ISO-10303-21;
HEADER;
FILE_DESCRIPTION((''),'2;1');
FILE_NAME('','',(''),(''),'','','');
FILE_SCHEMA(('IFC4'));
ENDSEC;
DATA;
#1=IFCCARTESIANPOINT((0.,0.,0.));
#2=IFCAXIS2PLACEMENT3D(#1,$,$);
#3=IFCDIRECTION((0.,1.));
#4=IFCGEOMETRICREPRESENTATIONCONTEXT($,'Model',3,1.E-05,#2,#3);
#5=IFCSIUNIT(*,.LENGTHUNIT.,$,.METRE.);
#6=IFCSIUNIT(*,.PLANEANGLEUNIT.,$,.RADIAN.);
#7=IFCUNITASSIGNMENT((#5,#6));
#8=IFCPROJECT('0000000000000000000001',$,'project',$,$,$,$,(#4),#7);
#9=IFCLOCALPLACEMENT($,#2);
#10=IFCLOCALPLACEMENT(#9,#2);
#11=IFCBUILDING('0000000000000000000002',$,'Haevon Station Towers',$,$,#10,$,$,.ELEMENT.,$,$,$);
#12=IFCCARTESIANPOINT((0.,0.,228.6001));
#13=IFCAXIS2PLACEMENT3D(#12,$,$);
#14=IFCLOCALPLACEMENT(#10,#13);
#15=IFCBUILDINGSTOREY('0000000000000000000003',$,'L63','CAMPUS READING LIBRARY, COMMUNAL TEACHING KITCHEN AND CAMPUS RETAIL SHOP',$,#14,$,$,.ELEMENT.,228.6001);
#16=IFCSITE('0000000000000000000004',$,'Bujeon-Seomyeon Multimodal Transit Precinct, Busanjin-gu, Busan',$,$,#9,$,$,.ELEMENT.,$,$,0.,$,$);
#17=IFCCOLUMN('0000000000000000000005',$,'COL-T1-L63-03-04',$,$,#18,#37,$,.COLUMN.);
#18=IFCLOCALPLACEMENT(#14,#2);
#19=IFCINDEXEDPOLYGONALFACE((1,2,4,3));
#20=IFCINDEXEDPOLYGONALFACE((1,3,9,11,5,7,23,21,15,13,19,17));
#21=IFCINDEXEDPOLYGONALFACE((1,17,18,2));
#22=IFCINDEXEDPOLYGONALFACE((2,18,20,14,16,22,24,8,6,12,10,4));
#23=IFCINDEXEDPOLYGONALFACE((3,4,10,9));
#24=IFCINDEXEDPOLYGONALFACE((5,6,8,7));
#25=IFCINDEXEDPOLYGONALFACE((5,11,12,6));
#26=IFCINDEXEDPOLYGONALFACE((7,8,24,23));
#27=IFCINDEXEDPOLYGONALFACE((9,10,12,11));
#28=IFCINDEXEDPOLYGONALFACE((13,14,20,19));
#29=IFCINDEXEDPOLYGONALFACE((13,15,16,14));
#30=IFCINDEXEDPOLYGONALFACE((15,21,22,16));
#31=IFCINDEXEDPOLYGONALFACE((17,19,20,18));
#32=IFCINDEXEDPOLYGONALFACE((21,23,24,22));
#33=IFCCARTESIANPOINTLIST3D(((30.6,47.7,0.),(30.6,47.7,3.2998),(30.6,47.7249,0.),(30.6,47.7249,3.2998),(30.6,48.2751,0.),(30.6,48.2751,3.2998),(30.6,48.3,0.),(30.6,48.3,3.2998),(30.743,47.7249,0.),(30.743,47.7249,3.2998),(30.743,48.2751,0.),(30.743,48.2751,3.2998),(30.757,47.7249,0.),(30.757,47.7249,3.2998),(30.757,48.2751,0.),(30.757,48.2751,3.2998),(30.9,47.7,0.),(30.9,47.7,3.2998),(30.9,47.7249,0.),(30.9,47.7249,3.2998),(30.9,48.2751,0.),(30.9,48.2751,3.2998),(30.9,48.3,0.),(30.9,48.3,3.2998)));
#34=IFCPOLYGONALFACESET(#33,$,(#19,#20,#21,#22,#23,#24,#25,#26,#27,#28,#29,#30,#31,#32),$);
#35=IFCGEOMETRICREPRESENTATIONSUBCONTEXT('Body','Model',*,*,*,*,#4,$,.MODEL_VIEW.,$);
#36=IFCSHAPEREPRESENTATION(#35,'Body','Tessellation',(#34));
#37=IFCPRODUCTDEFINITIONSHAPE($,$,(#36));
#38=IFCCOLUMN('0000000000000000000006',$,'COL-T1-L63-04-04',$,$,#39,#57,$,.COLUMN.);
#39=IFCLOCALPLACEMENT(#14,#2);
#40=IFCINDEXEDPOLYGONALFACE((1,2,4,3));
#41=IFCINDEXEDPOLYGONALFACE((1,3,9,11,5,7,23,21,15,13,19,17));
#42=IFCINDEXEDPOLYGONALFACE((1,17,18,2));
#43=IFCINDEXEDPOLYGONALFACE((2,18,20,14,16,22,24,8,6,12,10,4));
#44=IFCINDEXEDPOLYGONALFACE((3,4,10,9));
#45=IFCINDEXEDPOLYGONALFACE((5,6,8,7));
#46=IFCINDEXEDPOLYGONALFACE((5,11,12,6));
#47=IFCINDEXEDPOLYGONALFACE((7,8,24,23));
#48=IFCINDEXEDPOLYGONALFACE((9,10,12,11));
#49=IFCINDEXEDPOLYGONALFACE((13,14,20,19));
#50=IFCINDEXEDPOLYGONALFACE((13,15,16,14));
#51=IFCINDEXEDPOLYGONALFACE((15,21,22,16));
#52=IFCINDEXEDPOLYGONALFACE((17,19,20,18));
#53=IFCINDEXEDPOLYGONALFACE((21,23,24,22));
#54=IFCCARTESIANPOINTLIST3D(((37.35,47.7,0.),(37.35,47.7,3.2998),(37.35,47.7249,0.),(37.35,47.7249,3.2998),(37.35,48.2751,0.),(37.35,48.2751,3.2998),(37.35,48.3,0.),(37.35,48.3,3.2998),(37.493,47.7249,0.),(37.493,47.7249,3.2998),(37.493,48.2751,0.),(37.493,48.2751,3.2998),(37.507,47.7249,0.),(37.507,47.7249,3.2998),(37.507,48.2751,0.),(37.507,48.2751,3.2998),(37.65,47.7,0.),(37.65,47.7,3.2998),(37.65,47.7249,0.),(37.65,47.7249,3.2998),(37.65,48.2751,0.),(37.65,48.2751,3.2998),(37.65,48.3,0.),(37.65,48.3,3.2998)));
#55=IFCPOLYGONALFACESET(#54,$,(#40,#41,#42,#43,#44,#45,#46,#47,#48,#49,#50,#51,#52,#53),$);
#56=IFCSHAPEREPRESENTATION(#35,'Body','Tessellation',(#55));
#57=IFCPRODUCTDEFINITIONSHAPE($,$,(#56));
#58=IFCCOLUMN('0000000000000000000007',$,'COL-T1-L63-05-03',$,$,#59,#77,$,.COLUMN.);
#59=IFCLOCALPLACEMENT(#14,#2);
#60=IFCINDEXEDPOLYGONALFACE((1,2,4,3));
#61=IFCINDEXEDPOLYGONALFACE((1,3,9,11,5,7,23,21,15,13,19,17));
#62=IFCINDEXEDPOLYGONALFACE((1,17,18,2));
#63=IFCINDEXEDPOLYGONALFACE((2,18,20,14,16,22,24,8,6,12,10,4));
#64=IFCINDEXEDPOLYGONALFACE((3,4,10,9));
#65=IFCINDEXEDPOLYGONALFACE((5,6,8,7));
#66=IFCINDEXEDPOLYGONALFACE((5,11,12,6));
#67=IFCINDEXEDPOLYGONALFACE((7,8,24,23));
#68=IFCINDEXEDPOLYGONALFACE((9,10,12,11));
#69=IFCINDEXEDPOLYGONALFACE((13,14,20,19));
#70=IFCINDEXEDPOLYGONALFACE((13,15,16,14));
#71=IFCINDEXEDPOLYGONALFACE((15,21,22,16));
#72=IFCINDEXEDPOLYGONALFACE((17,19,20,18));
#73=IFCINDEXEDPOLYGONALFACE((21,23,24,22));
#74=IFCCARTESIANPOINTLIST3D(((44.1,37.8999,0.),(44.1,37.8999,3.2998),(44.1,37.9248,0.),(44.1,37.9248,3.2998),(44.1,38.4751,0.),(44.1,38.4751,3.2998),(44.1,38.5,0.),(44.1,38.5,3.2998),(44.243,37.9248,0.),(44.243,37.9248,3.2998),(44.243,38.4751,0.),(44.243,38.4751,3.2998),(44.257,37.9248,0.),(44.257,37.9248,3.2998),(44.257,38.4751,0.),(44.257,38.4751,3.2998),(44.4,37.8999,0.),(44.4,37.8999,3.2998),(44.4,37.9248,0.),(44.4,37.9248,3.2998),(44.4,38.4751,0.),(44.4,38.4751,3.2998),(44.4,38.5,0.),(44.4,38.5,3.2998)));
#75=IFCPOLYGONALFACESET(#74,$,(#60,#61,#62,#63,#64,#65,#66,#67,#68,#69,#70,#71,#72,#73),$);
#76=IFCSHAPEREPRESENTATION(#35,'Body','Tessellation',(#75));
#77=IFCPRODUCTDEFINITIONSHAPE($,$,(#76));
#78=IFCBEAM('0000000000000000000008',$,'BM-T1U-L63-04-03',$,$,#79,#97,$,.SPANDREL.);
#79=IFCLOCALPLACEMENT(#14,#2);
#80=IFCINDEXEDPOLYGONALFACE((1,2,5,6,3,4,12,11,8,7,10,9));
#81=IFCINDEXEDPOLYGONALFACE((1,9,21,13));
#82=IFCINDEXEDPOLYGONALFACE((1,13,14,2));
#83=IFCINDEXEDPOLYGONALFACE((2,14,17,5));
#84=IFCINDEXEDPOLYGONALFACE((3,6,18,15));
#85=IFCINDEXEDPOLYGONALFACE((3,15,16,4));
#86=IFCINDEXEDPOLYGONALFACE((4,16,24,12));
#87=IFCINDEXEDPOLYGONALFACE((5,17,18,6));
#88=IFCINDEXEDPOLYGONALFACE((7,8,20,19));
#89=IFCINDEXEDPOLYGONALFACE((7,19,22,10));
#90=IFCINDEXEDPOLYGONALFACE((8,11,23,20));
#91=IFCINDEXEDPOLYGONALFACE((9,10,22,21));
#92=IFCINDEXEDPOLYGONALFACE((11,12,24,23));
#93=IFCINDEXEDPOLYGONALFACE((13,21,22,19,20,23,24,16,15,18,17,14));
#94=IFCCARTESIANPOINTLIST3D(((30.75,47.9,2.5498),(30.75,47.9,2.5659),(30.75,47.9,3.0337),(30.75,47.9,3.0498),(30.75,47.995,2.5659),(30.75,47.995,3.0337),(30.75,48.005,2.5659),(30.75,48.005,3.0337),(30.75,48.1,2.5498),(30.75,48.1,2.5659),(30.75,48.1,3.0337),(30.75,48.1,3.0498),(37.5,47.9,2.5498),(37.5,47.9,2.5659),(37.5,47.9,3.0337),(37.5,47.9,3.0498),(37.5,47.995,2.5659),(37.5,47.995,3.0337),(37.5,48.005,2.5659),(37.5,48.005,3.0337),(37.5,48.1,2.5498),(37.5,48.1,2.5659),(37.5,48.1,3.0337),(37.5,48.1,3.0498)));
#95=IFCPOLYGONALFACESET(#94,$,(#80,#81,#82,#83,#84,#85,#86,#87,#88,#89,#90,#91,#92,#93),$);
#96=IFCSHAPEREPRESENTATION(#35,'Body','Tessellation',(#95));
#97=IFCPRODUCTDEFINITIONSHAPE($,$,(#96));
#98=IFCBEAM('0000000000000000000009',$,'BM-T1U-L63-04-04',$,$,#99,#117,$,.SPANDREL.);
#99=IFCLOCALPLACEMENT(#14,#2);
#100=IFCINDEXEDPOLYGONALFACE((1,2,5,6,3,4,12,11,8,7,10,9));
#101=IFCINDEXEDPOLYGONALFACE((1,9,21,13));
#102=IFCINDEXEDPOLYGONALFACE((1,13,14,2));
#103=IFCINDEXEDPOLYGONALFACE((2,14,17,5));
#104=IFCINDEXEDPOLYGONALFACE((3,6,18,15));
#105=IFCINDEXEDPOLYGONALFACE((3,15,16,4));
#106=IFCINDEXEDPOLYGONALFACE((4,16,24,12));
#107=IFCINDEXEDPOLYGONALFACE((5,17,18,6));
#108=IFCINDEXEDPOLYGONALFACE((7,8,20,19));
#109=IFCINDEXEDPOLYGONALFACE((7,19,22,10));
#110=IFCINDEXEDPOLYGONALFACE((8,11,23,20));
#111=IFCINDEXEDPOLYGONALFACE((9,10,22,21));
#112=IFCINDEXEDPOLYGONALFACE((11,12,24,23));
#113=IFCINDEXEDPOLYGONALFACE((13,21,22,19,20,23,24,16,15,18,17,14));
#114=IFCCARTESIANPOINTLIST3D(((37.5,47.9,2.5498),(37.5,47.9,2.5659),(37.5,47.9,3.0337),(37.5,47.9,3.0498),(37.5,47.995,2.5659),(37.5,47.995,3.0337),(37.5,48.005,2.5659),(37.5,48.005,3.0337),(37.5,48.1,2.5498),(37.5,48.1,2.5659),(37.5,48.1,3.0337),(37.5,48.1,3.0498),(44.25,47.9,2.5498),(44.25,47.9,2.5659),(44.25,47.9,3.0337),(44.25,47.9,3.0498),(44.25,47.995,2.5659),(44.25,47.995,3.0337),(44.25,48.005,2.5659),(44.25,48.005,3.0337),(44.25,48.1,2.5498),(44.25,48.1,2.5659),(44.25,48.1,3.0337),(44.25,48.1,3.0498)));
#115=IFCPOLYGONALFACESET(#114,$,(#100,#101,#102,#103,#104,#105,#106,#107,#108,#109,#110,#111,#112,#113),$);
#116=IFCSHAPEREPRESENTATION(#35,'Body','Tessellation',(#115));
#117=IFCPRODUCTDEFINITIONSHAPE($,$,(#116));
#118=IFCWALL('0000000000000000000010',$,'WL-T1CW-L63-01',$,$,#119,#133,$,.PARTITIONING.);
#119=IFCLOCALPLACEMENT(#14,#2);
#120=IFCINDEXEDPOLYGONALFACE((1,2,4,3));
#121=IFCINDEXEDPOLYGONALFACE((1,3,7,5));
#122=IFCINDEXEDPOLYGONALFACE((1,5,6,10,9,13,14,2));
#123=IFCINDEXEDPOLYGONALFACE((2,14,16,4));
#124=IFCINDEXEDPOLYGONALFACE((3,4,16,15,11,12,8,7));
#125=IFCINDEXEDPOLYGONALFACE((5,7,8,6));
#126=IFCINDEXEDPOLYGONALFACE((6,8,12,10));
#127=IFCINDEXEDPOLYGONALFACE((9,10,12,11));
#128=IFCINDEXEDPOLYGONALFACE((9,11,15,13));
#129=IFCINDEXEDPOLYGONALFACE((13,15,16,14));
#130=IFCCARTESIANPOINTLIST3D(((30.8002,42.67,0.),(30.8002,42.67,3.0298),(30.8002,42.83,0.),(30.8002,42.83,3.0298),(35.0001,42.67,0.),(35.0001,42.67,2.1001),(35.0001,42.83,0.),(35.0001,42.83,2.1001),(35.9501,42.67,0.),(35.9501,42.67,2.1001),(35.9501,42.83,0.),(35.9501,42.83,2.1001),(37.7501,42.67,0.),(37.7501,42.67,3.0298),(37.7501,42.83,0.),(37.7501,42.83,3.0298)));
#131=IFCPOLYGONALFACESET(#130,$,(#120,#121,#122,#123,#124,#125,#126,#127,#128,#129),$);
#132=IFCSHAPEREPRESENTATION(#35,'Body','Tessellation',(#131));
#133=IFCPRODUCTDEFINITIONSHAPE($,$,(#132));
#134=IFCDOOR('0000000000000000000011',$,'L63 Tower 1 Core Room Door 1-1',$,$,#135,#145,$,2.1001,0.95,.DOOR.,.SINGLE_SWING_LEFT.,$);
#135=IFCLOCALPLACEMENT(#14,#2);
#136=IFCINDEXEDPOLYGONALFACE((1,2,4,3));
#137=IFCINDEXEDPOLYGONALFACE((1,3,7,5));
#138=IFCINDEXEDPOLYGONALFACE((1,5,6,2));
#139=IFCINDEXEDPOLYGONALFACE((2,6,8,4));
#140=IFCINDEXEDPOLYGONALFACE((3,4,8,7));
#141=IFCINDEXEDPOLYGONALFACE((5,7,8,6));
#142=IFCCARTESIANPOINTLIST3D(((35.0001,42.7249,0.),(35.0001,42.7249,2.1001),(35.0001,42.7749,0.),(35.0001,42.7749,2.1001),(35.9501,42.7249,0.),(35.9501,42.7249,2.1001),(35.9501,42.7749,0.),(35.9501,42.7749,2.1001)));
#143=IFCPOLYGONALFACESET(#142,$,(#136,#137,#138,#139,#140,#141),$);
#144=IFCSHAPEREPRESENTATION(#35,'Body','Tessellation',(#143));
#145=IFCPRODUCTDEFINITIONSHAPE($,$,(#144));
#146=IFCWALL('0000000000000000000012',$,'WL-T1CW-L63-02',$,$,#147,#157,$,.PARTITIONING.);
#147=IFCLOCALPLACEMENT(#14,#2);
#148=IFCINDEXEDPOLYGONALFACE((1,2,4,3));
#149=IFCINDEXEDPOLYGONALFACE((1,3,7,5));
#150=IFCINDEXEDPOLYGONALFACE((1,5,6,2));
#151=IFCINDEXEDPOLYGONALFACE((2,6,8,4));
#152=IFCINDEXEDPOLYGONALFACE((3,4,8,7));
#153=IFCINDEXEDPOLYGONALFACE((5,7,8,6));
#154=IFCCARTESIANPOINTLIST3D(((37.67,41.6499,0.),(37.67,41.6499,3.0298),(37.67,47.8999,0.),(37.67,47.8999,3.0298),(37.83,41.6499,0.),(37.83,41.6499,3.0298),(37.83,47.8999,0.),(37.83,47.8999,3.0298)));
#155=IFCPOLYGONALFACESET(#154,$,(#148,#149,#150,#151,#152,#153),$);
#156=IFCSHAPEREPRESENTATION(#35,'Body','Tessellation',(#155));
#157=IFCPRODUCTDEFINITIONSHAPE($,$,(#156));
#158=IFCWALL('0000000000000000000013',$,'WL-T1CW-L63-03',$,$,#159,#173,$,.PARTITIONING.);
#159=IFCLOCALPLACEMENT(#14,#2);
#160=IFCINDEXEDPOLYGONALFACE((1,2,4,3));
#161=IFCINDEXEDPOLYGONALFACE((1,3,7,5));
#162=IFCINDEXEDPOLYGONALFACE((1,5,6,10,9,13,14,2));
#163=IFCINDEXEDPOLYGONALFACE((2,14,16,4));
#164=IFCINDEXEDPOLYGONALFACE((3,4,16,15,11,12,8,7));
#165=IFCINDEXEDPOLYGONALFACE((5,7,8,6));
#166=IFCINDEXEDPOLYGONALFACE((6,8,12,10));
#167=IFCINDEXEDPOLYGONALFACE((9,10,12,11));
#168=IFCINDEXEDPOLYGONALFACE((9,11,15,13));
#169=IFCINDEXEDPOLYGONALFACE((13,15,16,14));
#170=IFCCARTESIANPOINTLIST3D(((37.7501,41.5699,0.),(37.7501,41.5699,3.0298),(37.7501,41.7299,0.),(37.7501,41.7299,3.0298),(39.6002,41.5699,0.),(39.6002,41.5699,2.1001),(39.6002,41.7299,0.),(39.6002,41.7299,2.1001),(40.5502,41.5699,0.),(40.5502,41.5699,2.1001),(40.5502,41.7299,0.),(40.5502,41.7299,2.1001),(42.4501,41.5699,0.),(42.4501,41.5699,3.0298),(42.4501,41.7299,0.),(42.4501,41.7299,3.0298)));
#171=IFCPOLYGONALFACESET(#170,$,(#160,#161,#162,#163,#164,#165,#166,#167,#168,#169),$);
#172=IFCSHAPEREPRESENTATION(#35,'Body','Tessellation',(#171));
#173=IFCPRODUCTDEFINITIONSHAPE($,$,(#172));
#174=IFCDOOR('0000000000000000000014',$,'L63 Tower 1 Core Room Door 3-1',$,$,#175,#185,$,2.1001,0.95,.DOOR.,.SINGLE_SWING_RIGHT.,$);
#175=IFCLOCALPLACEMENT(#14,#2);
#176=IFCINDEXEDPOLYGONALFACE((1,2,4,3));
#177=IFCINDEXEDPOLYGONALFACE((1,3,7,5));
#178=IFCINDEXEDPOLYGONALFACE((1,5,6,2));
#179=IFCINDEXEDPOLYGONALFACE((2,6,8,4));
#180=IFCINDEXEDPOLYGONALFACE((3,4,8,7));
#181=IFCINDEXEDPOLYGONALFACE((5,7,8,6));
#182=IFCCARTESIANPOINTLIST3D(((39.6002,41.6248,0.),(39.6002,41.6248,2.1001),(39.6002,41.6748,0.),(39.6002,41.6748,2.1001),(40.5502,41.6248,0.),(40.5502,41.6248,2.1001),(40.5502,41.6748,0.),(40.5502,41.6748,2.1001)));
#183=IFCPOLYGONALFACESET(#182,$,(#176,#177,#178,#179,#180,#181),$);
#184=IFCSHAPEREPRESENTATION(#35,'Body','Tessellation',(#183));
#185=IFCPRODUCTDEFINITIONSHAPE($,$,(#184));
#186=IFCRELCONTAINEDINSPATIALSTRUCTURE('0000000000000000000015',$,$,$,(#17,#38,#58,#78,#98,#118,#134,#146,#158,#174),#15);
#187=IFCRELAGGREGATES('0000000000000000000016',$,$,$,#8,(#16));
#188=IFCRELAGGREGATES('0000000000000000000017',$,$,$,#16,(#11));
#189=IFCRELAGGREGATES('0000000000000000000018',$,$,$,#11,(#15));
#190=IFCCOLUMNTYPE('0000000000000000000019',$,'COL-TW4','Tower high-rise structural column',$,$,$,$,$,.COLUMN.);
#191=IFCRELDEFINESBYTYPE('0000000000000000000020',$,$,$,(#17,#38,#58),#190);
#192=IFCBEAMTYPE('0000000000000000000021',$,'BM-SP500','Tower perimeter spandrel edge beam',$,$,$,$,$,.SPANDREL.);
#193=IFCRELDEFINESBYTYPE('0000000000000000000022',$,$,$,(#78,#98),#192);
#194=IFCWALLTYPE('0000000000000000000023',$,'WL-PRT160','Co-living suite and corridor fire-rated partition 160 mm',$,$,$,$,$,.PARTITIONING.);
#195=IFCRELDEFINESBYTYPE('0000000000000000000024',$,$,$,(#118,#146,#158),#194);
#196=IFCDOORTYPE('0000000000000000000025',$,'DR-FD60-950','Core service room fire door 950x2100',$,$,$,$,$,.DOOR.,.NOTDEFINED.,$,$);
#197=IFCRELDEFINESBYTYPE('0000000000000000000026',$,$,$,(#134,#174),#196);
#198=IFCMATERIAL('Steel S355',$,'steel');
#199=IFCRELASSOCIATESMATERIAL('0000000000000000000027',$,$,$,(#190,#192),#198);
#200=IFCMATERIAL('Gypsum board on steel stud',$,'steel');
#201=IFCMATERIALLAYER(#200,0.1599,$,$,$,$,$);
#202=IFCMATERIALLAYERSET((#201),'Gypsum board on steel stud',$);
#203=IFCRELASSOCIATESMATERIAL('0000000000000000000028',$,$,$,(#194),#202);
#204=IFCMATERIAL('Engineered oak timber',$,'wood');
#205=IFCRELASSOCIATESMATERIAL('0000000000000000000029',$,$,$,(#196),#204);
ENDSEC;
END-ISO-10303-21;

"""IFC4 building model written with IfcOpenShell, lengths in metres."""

from ifc_helpers import new_model, si_unit, direction, frame, frame_2d, origin, origin_2d, place, context, subcontext, project, spatial, rectangle, i_section, extrude, material, layer, layer_set, material_profile, profile_set, type_object, element, fill, save


model = new_model("IFC4")

# Units and contexts
model_context = context("Model", 3, precision=1e-05, world=origin(), true_north=direction((0.0, 1.0)))
body_context = subcontext(model_context, "Body", "Model", "MODEL_VIEW")
ifc_project = project(units=[si_unit("LENGTHUNIT", "METRE"), si_unit("PLANEANGLEUNIT", "RADIAN")], contexts=[model_context])

# Site, building, storey
site_placement = place(None, origin())
site = spatial("IfcSite", under=ifc_project, at=site_placement, Name="Bujeon-Seomyeon Multimodal Transit Precinct, Busanjin-gu, Busan", CompositionType="ELEMENT", RefElevation=0.0)
building_placement = place(site_placement, origin())
building = spatial("IfcBuilding", under=site, at=building_placement, Name="Haevon Station Towers", CompositionType="ELEMENT")
storey_placement = place(building_placement, frame((0.0, 0.0, 228.6001)))
storey = spatial("IfcBuildingStorey", under=building, at=storey_placement, Name="L63", Description="CAMPUS READING LIBRARY, COMMUNAL TEACHING KITCHEN AND CAMPUS RETAIL SHOP", CompositionType="ELEMENT", Elevation=228.6001)

# Columns
ifc_material_1 = material(Name="Steel S355", Category="steel")
ifc_material_profile_1 = material_profile(ifc_material_1, i_section(OverallWidth=0.3, OverallDepth=0.6001, WebThickness=0.0139, FlangeThickness=0.0249, at=origin_2d()), Name="H-600x300x14x25")
ifc_profile_set_1 = profile_set([ifc_material_profile_1], Name="Steel S355")
column_type = type_object("IfcColumnType", Name="COL-TW4", Description="Tower high-rise structural column", PredefinedType="COLUMN", material=ifc_profile_set_1)
for number, where, z_axis, x_axis, name in (
    (1, (30.75, 48.0, 0.0), (0.0, 0.0, 1.0), (1.0, 0.0, 0.0), "COL-T1-L63-03-04"),
    (2, (37.5, 48.0, 0.0), (0.0, 0.0, 1.0), (1.0, 0.0, 0.0), "COL-T1-L63-04-04"),
    (3, (44.25, 38.2, 0.0), (0.0, 0.0, 1.0), (1.0, 0.0, 0.0), "COL-T1-L63-05-03"),
):
    element("IfcColumn", number, at=place(storey_placement, frame(where, z_axis=z_axis, x_axis=x_axis)), inside=storey, type_object=column_type, Name=name, PredefinedType="COLUMN", context=body_context, shape_type="SweptSolid", body=[
        extrude(i_section(OverallWidth=0.3, OverallDepth=0.6001, WebThickness=0.0139, FlangeThickness=0.0249, at=origin_2d()), origin(), (0.0, 0.0, 1.0), 3.2998),
    ])

# Beams
ifc_material_profile_2 = material_profile(ifc_material_1, i_section(OverallWidth=0.2, OverallDepth=0.5, WebThickness=0.01, FlangeThickness=0.0161, at=origin_2d()), Name="H-500x200x10x16")
ifc_profile_set_2 = profile_set([ifc_material_profile_2], Name="Steel S355")
beam_type = type_object("IfcBeamType", Name="BM-SP500", Description="Tower perimeter spandrel edge beam", PredefinedType="SPANDREL", material=ifc_profile_set_2)
for number, where, z_axis, x_axis, name in (
    (4, (30.75, 48.0, 2.7998), (1.0, 0.0, 0.0), (0.0, 1.0, 0.0), "BM-T1U-L63-04-03"),
    (5, (37.5, 48.0, 2.7998), (1.0, 0.0, 0.0), (0.0, 1.0, 0.0), "BM-T1U-L63-04-04"),
):
    element("IfcBeam", number, at=place(storey_placement, frame(where, z_axis=z_axis, x_axis=x_axis)), inside=storey, type_object=beam_type, Name=name, PredefinedType="SPANDREL", context=body_context, shape_type="SweptSolid", body=[
        extrude(i_section(OverallWidth=0.2, OverallDepth=0.5, WebThickness=0.01, FlangeThickness=0.0161, at=origin_2d()), origin(), (0.0, 0.0, 1.0), 6.75),
    ])

# Wall, opening, door
ifc_material_2 = material(Name="Gypsum board on steel stud", Category="steel")
ifc_layer_1 = layer(ifc_material_2, 0.1599)
ifc_layer_set_1 = layer_set([ifc_layer_1], Name="Gypsum board on steel stud")
wall_type_1 = type_object("IfcWallType", Name="WL-PRT160", Description="Co-living suite and corridor fire-rated partition 160 mm", PredefinedType="PARTITIONING", material=ifc_layer_set_1)
wall_1_placement = place(storey_placement, frame((30.8, 42.75, 0.0), z_axis=(0.0, 0.0, 1.0), x_axis=(1.0, 0.0, 0.0)))
wall_1 = element("IfcWall", 6, at=wall_1_placement, inside=storey, type_object=wall_type_1, Name="WL-T1CW-L63-01", PredefinedType="PARTITIONING", context=body_context, shape_type="SweptSolid", body=[
    extrude(rectangle(XDim=6.95, YDim=0.1599, at=frame_2d((3.4751, 0.0))), origin(), (0.0, 0.0, 1.0), 3.0298),
])
opening_1_placement = place(wall_1_placement, frame((4.2, 0.0, 0.0)))
opening_1 = element("IfcOpeningElement", 7, at=opening_1_placement, cuts=wall_1, PredefinedType="OPENING", context=body_context, shape_type="SweptSolid", body=[
    extrude(rectangle(XDim=0.95, YDim=2.1001, at=frame_2d((0.4751, 1.05))), frame((0.0, 0.0898, 0.0), z_axis=(0.0, -1.0, 0.0), x_axis=(1.0, 0.0, 0.0)), (0.0, 0.0, 1.0), 0.1799),
])
ifc_material_3 = material(Name="Engineered oak timber", Category="wood")
door_type_1 = type_object("IfcDoorType", Name="DR-FD60-950", Description="Core service room fire door 950x2100", OperationType="NOTDEFINED", PredefinedType="DOOR", material=ifc_material_3)
door_1_placement = place(opening_1_placement, origin())
door_1 = element("IfcDoor", 8, at=door_1_placement, inside=storey, type_object=door_type_1, Name="L63 Tower 1 Core Room Door 1-1", OperationType="SINGLE_SWING_LEFT", OverallHeight=2.1001, OverallWidth=0.95, PredefinedType="DOOR", context=body_context, shape_type="SweptSolid", body=[
    extrude(rectangle(XDim=0.95, YDim=2.1001, at=frame_2d((0.4751, 1.05))), frame((0.0, 0.0249, 0.0), z_axis=(0.0, -1.0, 0.0), x_axis=(1.0, 0.0, 0.0)), (0.0, 0.0, 1.0), 0.05),
])
fill(opening_1, door_1)

# Wall
wall_2_placement = place(storey_placement, frame((37.75, 41.6499, 0.0), z_axis=(0.0, 0.0, 1.0), x_axis=(0.0, 1.0, 0.0)))
element("IfcWall", 9, at=wall_2_placement, inside=storey, type_object=wall_type_1, Name="WL-T1CW-L63-02", PredefinedType="PARTITIONING", context=body_context, shape_type="SweptSolid", body=[
    extrude(rectangle(XDim=6.25, YDim=0.1599, at=frame_2d((3.125, 0.0))), origin(), (0.0, 0.0, 1.0), 3.0298),
])

# Wall, opening, door
wall_3_placement = place(storey_placement, frame((37.75, 41.6499, 0.0), z_axis=(0.0, 0.0, 1.0), x_axis=(1.0, 0.0, 0.0)))
wall_3 = element("IfcWall", 10, at=wall_3_placement, inside=storey, type_object=wall_type_1, Name="WL-T1CW-L63-03", PredefinedType="PARTITIONING", context=body_context, shape_type="SweptSolid", body=[
    extrude(rectangle(XDim=4.7, YDim=0.1599, at=frame_2d((2.3501, 0.0))), origin(), (0.0, 0.0, 1.0), 3.0298),
])
opening_2_placement = place(wall_3_placement, frame((1.8501, 0.0, 0.0)))
opening_2 = element("IfcOpeningElement", 11, at=opening_2_placement, cuts=wall_3, PredefinedType="OPENING", context=body_context, shape_type="SweptSolid", body=[
    extrude(rectangle(XDim=0.95, YDim=2.1001, at=frame_2d((0.4751, 1.05))), frame((0.0, 0.0898, 0.0), z_axis=(0.0, -1.0, 0.0), x_axis=(1.0, 0.0, 0.0)), (0.0, 0.0, 1.0), 0.1799),
])
door_2_placement = place(opening_2_placement, origin())
door_2 = element("IfcDoor", 12, at=door_2_placement, inside=storey, type_object=door_type_1, Name="L63 Tower 1 Core Room Door 3-1", OperationType="SINGLE_SWING_RIGHT", OverallHeight=2.1001, OverallWidth=0.95, PredefinedType="DOOR", context=body_context, shape_type="SweptSolid", body=[
    extrude(rectangle(XDim=0.95, YDim=2.1001, at=frame_2d((0.4751, 1.05))), frame((0.0, 0.0249, 0.0), z_axis=(0.0, -1.0, 0.0), x_axis=(1.0, 0.0, 0.0)), (0.0, 0.0, 1.0), 0.05),
])
fill(opening_2, door_2)

save(model, "model.ifc")
